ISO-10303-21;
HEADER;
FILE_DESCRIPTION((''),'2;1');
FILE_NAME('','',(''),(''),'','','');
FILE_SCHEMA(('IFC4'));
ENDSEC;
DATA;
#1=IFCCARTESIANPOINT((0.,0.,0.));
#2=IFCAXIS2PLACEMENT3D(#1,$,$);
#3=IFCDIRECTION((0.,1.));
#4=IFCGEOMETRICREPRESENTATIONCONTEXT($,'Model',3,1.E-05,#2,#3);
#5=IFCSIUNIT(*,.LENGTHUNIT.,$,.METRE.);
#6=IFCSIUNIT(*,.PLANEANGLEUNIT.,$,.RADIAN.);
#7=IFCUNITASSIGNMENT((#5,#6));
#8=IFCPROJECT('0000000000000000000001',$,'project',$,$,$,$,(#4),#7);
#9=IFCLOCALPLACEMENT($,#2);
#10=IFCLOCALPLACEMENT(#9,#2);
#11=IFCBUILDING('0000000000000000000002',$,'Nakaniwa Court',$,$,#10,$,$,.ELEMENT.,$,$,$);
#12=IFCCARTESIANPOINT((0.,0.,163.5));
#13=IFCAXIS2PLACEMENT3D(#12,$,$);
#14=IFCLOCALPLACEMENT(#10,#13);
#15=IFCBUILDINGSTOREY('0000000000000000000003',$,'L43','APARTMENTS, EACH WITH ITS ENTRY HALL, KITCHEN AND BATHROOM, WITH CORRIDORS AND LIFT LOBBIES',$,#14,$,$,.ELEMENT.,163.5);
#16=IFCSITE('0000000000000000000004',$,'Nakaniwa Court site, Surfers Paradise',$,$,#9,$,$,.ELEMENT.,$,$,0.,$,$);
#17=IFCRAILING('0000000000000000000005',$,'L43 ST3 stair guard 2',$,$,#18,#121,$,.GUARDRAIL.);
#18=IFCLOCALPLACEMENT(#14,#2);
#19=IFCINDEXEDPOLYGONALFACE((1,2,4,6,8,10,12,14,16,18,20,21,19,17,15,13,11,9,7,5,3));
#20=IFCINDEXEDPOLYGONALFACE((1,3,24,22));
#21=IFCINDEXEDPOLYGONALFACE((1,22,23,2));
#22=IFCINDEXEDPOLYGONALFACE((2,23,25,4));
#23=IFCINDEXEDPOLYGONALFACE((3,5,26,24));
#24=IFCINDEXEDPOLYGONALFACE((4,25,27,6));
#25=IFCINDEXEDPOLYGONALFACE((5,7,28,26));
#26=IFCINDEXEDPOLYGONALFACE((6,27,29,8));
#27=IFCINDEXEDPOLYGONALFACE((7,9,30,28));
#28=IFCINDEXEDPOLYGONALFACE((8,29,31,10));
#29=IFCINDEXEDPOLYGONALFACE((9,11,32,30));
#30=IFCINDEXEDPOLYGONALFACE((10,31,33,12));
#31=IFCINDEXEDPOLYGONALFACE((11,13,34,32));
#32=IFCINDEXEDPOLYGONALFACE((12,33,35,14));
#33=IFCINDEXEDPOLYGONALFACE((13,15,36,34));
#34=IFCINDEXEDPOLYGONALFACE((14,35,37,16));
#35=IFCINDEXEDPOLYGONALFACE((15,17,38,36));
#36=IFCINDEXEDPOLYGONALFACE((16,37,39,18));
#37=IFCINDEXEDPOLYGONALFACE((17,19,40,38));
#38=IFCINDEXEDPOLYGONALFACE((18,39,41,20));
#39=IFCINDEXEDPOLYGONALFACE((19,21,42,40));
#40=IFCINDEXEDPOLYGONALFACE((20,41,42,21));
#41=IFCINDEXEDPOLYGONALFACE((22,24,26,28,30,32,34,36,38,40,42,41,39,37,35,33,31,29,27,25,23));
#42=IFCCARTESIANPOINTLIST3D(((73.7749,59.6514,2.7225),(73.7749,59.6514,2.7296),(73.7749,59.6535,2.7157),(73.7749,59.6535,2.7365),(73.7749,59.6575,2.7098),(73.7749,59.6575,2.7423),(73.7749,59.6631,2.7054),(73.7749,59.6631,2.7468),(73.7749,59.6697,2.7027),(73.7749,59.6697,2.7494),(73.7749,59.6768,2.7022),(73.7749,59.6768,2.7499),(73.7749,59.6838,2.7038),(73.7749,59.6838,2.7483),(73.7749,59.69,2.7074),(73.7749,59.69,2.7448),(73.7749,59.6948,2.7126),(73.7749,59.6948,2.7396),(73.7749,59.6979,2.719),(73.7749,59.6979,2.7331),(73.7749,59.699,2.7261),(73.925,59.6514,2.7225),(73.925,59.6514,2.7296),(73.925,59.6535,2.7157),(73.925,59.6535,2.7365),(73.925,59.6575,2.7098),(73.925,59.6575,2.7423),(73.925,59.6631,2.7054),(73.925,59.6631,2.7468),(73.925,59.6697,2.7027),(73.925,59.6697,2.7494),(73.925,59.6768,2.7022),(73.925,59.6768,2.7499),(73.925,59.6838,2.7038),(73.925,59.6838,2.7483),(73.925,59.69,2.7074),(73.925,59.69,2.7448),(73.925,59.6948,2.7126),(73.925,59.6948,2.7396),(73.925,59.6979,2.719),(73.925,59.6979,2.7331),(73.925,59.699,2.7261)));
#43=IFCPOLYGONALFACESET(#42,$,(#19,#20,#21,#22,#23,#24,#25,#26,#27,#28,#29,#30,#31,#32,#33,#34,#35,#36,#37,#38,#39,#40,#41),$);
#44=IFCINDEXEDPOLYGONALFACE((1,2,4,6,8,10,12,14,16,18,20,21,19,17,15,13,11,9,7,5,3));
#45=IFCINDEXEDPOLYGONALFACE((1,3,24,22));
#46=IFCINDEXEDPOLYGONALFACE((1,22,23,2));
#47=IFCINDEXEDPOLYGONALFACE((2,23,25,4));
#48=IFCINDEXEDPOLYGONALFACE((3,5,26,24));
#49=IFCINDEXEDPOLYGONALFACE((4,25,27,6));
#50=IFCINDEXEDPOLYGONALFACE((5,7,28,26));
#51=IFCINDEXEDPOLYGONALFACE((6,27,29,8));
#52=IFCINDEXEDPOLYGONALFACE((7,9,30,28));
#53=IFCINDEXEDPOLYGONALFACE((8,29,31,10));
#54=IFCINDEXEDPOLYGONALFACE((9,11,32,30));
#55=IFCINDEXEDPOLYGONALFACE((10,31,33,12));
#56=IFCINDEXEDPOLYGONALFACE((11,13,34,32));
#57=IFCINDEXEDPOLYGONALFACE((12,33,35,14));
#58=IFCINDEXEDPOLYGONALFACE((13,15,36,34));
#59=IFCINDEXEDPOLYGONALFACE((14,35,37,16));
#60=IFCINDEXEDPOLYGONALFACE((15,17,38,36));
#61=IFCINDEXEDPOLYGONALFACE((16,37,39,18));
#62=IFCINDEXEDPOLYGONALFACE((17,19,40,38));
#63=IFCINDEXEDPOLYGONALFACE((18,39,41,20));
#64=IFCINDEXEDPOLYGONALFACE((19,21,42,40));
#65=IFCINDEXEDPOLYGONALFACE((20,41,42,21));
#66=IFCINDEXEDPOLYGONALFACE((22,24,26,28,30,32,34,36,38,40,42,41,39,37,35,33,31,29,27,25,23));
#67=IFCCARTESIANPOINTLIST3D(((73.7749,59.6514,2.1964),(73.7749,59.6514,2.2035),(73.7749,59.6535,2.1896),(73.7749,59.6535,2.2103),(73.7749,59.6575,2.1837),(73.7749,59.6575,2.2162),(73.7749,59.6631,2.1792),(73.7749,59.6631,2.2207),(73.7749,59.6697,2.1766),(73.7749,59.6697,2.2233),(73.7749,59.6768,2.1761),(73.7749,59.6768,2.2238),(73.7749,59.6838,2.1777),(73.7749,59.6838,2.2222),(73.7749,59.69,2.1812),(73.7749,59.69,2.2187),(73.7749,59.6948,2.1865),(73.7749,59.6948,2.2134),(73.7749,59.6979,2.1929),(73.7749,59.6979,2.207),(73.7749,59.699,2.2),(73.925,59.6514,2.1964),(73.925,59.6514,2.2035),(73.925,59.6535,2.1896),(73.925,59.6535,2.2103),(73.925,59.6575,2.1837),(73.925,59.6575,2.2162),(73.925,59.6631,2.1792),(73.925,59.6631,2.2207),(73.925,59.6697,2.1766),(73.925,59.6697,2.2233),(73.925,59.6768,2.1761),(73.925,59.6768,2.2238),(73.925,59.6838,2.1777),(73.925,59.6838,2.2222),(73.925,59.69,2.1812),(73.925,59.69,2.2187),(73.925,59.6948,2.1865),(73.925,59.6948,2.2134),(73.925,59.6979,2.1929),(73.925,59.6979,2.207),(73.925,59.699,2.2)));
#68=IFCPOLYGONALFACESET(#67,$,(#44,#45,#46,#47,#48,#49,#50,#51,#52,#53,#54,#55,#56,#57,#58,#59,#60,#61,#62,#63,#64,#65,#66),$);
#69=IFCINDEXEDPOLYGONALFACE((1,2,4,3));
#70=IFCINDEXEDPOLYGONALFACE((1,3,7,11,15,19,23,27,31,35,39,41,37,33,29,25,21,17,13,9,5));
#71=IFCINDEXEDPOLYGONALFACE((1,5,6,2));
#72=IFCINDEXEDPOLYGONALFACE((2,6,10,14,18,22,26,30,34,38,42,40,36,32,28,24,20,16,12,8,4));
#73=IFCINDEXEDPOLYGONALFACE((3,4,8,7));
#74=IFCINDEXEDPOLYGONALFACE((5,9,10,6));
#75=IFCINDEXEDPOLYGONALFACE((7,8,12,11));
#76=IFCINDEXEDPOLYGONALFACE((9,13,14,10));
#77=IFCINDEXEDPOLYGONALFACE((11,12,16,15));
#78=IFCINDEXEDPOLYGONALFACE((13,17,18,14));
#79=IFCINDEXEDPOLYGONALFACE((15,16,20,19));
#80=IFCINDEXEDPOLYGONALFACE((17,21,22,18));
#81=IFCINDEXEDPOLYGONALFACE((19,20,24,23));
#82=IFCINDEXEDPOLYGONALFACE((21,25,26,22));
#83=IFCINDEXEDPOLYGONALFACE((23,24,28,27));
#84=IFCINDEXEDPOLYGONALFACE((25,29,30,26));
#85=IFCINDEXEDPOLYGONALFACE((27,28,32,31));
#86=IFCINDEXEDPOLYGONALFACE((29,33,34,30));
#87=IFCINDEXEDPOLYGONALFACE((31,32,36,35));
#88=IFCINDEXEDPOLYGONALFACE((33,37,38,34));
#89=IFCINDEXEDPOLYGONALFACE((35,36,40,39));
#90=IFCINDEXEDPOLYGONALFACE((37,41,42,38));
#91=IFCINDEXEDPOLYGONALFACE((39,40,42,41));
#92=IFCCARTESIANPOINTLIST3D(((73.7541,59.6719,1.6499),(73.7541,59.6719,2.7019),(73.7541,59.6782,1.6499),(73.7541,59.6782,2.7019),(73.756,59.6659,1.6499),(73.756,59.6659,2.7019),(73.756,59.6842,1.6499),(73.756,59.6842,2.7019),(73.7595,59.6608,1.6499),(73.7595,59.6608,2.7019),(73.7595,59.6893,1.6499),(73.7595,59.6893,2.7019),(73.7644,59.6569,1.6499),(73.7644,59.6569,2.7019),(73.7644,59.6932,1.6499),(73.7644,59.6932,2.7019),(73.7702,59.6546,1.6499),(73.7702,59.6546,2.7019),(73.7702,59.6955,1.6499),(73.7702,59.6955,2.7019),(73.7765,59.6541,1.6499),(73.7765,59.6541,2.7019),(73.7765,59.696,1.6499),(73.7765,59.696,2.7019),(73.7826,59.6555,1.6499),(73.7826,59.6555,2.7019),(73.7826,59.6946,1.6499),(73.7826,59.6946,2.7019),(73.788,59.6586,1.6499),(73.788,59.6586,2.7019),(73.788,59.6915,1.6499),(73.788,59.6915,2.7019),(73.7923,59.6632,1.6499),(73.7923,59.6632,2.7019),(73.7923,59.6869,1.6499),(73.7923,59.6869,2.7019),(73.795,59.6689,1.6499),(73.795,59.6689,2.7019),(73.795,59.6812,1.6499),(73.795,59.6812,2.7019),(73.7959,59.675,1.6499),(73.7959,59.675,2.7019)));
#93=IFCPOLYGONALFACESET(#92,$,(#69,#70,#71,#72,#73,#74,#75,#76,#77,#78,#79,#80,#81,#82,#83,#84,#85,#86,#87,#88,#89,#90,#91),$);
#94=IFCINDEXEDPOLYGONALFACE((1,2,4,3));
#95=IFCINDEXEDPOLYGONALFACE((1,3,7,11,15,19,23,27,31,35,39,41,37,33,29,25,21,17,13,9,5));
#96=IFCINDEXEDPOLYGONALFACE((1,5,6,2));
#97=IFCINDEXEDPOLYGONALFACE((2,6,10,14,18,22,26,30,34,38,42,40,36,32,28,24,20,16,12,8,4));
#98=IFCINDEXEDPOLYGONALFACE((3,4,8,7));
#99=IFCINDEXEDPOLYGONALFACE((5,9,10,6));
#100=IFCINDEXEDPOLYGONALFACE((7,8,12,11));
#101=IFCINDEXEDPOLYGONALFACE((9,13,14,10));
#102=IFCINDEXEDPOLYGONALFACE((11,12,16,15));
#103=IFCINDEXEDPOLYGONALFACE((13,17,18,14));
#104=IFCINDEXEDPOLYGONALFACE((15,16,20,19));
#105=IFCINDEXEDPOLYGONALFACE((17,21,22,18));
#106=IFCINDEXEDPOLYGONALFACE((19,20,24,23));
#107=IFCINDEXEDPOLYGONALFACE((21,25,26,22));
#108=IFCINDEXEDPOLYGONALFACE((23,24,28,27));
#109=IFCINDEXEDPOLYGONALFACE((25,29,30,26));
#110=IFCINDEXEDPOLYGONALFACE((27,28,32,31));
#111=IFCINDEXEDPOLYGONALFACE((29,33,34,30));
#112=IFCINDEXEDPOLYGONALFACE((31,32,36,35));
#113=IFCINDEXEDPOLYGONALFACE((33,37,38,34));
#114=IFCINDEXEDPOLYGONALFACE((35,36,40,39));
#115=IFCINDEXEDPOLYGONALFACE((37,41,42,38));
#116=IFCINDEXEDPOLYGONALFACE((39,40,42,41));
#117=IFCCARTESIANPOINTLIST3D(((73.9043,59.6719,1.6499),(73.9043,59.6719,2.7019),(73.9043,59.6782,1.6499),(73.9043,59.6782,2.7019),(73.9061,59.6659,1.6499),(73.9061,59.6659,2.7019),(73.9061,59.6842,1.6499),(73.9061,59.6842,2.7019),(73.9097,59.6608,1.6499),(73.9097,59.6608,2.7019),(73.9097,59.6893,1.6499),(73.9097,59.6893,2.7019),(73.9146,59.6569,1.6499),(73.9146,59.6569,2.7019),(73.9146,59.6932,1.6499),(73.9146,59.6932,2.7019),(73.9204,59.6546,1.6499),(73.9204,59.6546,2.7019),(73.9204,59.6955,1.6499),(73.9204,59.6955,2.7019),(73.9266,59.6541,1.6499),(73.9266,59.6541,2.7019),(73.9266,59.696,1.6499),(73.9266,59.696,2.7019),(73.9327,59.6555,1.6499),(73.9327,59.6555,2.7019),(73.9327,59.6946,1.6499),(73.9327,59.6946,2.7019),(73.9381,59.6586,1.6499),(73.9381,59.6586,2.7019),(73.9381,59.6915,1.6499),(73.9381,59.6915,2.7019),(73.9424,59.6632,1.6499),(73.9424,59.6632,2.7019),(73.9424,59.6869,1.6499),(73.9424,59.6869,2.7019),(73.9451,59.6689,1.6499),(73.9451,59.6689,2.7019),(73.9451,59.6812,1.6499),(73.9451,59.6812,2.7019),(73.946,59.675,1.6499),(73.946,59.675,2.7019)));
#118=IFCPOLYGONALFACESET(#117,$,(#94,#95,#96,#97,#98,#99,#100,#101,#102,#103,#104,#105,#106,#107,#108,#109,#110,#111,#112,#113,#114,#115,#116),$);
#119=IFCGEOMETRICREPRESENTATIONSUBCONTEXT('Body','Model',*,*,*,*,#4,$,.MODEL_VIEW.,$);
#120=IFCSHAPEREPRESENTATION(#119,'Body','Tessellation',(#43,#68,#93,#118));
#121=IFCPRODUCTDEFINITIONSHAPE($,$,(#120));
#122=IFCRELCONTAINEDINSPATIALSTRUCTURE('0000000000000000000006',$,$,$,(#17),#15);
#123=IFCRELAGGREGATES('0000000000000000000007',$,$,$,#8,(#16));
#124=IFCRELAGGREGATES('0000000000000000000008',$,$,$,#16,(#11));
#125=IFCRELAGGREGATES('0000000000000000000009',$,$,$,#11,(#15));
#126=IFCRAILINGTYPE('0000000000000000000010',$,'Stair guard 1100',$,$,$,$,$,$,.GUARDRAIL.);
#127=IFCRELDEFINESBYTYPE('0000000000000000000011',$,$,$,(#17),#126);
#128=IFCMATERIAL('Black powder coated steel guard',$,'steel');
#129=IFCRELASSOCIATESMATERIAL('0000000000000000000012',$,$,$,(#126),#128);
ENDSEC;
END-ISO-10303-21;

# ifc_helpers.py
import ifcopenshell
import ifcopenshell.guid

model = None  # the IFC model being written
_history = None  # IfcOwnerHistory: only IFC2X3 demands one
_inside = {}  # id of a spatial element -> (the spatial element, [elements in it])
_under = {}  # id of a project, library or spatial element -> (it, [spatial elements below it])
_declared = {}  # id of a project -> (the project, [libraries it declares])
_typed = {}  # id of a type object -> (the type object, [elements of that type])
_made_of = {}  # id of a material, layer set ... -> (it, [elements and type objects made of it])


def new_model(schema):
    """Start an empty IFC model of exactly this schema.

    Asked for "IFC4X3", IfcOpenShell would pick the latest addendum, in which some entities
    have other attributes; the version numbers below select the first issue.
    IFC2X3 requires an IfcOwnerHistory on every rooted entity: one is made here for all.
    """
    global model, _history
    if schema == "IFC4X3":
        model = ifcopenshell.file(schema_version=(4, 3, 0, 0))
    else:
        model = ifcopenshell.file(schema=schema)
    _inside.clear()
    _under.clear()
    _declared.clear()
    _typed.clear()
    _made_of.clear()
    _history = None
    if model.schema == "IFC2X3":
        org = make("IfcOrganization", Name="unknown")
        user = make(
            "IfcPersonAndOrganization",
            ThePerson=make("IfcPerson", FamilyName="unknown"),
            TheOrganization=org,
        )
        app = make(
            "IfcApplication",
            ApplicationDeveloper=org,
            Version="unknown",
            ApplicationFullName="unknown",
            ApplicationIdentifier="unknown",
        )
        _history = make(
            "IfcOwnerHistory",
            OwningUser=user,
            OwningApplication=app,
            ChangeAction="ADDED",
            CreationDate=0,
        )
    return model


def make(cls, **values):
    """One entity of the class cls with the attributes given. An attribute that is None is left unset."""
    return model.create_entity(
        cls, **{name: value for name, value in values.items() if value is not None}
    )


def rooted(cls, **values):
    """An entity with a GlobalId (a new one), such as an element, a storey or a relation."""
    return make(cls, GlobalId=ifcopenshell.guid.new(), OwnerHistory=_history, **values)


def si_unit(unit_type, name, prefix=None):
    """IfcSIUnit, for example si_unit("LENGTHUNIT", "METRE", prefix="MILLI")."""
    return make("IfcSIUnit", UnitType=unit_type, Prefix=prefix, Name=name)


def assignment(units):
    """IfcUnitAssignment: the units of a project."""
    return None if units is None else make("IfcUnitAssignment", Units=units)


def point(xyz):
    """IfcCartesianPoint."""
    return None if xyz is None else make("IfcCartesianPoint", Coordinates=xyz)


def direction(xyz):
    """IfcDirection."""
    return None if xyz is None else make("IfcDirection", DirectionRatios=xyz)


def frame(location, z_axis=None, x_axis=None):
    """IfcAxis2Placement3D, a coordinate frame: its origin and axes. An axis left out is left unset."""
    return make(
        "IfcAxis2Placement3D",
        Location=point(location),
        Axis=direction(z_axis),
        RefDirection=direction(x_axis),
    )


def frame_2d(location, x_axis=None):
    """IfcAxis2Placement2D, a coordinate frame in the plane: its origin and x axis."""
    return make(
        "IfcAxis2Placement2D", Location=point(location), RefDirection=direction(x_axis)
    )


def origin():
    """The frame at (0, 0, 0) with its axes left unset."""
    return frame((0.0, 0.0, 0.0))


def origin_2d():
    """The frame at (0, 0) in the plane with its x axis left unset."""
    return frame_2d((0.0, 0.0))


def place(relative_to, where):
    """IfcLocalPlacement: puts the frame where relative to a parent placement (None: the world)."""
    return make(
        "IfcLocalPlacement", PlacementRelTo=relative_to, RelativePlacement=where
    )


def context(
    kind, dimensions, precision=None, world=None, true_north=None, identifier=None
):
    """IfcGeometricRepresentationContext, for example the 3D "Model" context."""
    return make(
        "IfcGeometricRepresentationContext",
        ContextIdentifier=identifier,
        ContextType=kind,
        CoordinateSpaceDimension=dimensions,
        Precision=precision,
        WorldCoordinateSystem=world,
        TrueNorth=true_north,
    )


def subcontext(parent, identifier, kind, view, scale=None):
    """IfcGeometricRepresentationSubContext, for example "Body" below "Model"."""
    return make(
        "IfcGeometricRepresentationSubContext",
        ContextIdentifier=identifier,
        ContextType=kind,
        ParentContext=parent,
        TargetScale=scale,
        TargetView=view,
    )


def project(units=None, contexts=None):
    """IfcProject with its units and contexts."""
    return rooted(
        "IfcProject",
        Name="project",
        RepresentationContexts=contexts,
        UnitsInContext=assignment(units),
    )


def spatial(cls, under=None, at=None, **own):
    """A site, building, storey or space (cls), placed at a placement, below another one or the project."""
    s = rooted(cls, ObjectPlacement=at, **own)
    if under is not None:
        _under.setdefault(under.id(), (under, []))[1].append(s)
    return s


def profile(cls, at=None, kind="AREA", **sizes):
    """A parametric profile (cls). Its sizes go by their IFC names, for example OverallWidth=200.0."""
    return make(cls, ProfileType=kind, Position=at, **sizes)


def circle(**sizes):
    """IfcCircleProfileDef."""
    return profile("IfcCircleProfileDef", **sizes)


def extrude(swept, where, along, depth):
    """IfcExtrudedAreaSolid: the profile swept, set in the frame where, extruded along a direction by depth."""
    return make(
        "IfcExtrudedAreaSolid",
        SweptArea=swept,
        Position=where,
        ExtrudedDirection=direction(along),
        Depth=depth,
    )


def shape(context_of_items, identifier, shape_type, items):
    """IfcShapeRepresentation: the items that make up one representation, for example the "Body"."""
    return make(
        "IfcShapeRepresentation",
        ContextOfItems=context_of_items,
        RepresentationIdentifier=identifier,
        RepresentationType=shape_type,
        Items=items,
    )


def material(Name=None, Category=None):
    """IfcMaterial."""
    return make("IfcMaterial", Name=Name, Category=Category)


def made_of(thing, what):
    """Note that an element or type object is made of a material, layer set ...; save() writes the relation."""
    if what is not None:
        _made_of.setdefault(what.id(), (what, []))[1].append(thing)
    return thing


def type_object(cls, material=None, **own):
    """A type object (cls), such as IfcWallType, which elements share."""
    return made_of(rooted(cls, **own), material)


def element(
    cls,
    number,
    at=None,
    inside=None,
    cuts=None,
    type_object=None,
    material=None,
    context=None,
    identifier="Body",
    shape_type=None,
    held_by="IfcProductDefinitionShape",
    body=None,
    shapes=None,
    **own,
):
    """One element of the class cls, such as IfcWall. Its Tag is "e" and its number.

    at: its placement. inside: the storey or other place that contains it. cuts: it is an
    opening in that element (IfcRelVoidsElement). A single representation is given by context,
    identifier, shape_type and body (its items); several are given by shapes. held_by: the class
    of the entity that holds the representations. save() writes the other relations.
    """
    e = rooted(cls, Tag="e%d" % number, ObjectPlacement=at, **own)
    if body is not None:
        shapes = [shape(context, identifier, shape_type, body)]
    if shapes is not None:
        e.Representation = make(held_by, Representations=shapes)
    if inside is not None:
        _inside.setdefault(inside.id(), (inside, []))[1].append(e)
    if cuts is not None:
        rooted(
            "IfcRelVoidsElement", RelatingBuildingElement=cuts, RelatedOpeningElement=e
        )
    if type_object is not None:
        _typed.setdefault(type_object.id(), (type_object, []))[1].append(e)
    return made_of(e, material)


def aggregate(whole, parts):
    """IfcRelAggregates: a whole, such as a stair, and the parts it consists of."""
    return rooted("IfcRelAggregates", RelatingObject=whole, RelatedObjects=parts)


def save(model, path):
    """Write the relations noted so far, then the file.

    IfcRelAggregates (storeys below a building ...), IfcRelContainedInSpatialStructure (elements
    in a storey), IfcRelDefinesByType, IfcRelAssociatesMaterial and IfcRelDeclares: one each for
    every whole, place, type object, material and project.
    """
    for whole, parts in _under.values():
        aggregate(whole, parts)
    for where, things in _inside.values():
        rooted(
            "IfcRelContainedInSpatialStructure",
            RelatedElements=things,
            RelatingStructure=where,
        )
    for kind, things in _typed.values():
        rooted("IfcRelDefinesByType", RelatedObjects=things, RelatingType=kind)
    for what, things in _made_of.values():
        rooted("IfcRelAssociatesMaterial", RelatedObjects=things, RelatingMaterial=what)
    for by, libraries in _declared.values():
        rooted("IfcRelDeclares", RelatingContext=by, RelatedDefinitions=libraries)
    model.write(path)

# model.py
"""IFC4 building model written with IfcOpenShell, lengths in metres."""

from ifc_helpers import new_model, si_unit, direction, frame, origin, origin_2d, place, context, subcontext, project, spatial, circle, extrude, material, type_object, element, save


model = new_model("IFC4")

# Units and contexts
model_context = context("Model", 3, precision=1e-05, world=origin(), true_north=direction((0.0, 1.0)))
body_context = subcontext(model_context, "Body", "Model", "MODEL_VIEW")
ifc_project = project(units=[si_unit("LENGTHUNIT", "METRE"), si_unit("PLANEANGLEUNIT", "RADIAN")], contexts=[model_context])

# Site, building, storey
site_placement = place(None, origin())
site = spatial("IfcSite", under=ifc_project, at=site_placement, Name="Nakaniwa Court site, Surfers Paradise", CompositionType="ELEMENT", RefElevation=0.0)
building_placement = place(site_placement, origin())
building = spatial("IfcBuilding", under=site, at=building_placement, Name="Nakaniwa Court", CompositionType="ELEMENT")
storey_placement = place(building_placement, frame((0.0, 0.0, 163.5)))
storey = spatial("IfcBuildingStorey", under=building, at=storey_placement, Name="L43", Description="APARTMENTS, EACH WITH ITS ENTRY HALL, KITCHEN AND BATHROOM, WITH CORRIDORS AND LIFT LOBBIES", CompositionType="ELEMENT", Elevation=163.5)

# Railing
ifc_material_1 = material(Name="Black powder coated steel guard", Category="steel")
railing_type_1 = type_object("IfcRailingType", Name="Stair guard 1100", PredefinedType="GUARDRAIL", material=ifc_material_1)
railing_1_placement = place(storey_placement, frame((73.7749, 59.675, 1.6499)))
element("IfcRailing", 1, at=railing_1_placement, inside=storey, type_object=railing_type_1, Name="L43 ST3 stair guard 2", PredefinedType="GUARDRAIL", context=body_context, shape_type="SweptSolid", body=[
    extrude(circle(Radius=0.0239, at=origin_2d()), frame((0.0, 0.0, 1.0762), z_axis=(1.0, 0.0, 0.0), x_axis=(0.0, 1.0, 0.0)), (0.0, 0.0, 1.0), 0.1501),
    extrude(circle(Radius=0.0239, at=origin_2d()), frame((0.0, 0.0, 0.55), z_axis=(1.0, 0.0, 0.0), x_axis=(0.0, 1.0, 0.0)), (0.0, 0.0, 1.0), 0.1501),
    extrude(circle(Radius=0.021, at=origin_2d()), origin(), (0.0, 0.0, 1.0), 1.052),
    extrude(circle(Radius=0.021, at=origin_2d()), frame((0.1501, 0.0, 0.0)), (0.0, 0.0, 1.0), 1.052),
])

save(model, "model.ifc")
